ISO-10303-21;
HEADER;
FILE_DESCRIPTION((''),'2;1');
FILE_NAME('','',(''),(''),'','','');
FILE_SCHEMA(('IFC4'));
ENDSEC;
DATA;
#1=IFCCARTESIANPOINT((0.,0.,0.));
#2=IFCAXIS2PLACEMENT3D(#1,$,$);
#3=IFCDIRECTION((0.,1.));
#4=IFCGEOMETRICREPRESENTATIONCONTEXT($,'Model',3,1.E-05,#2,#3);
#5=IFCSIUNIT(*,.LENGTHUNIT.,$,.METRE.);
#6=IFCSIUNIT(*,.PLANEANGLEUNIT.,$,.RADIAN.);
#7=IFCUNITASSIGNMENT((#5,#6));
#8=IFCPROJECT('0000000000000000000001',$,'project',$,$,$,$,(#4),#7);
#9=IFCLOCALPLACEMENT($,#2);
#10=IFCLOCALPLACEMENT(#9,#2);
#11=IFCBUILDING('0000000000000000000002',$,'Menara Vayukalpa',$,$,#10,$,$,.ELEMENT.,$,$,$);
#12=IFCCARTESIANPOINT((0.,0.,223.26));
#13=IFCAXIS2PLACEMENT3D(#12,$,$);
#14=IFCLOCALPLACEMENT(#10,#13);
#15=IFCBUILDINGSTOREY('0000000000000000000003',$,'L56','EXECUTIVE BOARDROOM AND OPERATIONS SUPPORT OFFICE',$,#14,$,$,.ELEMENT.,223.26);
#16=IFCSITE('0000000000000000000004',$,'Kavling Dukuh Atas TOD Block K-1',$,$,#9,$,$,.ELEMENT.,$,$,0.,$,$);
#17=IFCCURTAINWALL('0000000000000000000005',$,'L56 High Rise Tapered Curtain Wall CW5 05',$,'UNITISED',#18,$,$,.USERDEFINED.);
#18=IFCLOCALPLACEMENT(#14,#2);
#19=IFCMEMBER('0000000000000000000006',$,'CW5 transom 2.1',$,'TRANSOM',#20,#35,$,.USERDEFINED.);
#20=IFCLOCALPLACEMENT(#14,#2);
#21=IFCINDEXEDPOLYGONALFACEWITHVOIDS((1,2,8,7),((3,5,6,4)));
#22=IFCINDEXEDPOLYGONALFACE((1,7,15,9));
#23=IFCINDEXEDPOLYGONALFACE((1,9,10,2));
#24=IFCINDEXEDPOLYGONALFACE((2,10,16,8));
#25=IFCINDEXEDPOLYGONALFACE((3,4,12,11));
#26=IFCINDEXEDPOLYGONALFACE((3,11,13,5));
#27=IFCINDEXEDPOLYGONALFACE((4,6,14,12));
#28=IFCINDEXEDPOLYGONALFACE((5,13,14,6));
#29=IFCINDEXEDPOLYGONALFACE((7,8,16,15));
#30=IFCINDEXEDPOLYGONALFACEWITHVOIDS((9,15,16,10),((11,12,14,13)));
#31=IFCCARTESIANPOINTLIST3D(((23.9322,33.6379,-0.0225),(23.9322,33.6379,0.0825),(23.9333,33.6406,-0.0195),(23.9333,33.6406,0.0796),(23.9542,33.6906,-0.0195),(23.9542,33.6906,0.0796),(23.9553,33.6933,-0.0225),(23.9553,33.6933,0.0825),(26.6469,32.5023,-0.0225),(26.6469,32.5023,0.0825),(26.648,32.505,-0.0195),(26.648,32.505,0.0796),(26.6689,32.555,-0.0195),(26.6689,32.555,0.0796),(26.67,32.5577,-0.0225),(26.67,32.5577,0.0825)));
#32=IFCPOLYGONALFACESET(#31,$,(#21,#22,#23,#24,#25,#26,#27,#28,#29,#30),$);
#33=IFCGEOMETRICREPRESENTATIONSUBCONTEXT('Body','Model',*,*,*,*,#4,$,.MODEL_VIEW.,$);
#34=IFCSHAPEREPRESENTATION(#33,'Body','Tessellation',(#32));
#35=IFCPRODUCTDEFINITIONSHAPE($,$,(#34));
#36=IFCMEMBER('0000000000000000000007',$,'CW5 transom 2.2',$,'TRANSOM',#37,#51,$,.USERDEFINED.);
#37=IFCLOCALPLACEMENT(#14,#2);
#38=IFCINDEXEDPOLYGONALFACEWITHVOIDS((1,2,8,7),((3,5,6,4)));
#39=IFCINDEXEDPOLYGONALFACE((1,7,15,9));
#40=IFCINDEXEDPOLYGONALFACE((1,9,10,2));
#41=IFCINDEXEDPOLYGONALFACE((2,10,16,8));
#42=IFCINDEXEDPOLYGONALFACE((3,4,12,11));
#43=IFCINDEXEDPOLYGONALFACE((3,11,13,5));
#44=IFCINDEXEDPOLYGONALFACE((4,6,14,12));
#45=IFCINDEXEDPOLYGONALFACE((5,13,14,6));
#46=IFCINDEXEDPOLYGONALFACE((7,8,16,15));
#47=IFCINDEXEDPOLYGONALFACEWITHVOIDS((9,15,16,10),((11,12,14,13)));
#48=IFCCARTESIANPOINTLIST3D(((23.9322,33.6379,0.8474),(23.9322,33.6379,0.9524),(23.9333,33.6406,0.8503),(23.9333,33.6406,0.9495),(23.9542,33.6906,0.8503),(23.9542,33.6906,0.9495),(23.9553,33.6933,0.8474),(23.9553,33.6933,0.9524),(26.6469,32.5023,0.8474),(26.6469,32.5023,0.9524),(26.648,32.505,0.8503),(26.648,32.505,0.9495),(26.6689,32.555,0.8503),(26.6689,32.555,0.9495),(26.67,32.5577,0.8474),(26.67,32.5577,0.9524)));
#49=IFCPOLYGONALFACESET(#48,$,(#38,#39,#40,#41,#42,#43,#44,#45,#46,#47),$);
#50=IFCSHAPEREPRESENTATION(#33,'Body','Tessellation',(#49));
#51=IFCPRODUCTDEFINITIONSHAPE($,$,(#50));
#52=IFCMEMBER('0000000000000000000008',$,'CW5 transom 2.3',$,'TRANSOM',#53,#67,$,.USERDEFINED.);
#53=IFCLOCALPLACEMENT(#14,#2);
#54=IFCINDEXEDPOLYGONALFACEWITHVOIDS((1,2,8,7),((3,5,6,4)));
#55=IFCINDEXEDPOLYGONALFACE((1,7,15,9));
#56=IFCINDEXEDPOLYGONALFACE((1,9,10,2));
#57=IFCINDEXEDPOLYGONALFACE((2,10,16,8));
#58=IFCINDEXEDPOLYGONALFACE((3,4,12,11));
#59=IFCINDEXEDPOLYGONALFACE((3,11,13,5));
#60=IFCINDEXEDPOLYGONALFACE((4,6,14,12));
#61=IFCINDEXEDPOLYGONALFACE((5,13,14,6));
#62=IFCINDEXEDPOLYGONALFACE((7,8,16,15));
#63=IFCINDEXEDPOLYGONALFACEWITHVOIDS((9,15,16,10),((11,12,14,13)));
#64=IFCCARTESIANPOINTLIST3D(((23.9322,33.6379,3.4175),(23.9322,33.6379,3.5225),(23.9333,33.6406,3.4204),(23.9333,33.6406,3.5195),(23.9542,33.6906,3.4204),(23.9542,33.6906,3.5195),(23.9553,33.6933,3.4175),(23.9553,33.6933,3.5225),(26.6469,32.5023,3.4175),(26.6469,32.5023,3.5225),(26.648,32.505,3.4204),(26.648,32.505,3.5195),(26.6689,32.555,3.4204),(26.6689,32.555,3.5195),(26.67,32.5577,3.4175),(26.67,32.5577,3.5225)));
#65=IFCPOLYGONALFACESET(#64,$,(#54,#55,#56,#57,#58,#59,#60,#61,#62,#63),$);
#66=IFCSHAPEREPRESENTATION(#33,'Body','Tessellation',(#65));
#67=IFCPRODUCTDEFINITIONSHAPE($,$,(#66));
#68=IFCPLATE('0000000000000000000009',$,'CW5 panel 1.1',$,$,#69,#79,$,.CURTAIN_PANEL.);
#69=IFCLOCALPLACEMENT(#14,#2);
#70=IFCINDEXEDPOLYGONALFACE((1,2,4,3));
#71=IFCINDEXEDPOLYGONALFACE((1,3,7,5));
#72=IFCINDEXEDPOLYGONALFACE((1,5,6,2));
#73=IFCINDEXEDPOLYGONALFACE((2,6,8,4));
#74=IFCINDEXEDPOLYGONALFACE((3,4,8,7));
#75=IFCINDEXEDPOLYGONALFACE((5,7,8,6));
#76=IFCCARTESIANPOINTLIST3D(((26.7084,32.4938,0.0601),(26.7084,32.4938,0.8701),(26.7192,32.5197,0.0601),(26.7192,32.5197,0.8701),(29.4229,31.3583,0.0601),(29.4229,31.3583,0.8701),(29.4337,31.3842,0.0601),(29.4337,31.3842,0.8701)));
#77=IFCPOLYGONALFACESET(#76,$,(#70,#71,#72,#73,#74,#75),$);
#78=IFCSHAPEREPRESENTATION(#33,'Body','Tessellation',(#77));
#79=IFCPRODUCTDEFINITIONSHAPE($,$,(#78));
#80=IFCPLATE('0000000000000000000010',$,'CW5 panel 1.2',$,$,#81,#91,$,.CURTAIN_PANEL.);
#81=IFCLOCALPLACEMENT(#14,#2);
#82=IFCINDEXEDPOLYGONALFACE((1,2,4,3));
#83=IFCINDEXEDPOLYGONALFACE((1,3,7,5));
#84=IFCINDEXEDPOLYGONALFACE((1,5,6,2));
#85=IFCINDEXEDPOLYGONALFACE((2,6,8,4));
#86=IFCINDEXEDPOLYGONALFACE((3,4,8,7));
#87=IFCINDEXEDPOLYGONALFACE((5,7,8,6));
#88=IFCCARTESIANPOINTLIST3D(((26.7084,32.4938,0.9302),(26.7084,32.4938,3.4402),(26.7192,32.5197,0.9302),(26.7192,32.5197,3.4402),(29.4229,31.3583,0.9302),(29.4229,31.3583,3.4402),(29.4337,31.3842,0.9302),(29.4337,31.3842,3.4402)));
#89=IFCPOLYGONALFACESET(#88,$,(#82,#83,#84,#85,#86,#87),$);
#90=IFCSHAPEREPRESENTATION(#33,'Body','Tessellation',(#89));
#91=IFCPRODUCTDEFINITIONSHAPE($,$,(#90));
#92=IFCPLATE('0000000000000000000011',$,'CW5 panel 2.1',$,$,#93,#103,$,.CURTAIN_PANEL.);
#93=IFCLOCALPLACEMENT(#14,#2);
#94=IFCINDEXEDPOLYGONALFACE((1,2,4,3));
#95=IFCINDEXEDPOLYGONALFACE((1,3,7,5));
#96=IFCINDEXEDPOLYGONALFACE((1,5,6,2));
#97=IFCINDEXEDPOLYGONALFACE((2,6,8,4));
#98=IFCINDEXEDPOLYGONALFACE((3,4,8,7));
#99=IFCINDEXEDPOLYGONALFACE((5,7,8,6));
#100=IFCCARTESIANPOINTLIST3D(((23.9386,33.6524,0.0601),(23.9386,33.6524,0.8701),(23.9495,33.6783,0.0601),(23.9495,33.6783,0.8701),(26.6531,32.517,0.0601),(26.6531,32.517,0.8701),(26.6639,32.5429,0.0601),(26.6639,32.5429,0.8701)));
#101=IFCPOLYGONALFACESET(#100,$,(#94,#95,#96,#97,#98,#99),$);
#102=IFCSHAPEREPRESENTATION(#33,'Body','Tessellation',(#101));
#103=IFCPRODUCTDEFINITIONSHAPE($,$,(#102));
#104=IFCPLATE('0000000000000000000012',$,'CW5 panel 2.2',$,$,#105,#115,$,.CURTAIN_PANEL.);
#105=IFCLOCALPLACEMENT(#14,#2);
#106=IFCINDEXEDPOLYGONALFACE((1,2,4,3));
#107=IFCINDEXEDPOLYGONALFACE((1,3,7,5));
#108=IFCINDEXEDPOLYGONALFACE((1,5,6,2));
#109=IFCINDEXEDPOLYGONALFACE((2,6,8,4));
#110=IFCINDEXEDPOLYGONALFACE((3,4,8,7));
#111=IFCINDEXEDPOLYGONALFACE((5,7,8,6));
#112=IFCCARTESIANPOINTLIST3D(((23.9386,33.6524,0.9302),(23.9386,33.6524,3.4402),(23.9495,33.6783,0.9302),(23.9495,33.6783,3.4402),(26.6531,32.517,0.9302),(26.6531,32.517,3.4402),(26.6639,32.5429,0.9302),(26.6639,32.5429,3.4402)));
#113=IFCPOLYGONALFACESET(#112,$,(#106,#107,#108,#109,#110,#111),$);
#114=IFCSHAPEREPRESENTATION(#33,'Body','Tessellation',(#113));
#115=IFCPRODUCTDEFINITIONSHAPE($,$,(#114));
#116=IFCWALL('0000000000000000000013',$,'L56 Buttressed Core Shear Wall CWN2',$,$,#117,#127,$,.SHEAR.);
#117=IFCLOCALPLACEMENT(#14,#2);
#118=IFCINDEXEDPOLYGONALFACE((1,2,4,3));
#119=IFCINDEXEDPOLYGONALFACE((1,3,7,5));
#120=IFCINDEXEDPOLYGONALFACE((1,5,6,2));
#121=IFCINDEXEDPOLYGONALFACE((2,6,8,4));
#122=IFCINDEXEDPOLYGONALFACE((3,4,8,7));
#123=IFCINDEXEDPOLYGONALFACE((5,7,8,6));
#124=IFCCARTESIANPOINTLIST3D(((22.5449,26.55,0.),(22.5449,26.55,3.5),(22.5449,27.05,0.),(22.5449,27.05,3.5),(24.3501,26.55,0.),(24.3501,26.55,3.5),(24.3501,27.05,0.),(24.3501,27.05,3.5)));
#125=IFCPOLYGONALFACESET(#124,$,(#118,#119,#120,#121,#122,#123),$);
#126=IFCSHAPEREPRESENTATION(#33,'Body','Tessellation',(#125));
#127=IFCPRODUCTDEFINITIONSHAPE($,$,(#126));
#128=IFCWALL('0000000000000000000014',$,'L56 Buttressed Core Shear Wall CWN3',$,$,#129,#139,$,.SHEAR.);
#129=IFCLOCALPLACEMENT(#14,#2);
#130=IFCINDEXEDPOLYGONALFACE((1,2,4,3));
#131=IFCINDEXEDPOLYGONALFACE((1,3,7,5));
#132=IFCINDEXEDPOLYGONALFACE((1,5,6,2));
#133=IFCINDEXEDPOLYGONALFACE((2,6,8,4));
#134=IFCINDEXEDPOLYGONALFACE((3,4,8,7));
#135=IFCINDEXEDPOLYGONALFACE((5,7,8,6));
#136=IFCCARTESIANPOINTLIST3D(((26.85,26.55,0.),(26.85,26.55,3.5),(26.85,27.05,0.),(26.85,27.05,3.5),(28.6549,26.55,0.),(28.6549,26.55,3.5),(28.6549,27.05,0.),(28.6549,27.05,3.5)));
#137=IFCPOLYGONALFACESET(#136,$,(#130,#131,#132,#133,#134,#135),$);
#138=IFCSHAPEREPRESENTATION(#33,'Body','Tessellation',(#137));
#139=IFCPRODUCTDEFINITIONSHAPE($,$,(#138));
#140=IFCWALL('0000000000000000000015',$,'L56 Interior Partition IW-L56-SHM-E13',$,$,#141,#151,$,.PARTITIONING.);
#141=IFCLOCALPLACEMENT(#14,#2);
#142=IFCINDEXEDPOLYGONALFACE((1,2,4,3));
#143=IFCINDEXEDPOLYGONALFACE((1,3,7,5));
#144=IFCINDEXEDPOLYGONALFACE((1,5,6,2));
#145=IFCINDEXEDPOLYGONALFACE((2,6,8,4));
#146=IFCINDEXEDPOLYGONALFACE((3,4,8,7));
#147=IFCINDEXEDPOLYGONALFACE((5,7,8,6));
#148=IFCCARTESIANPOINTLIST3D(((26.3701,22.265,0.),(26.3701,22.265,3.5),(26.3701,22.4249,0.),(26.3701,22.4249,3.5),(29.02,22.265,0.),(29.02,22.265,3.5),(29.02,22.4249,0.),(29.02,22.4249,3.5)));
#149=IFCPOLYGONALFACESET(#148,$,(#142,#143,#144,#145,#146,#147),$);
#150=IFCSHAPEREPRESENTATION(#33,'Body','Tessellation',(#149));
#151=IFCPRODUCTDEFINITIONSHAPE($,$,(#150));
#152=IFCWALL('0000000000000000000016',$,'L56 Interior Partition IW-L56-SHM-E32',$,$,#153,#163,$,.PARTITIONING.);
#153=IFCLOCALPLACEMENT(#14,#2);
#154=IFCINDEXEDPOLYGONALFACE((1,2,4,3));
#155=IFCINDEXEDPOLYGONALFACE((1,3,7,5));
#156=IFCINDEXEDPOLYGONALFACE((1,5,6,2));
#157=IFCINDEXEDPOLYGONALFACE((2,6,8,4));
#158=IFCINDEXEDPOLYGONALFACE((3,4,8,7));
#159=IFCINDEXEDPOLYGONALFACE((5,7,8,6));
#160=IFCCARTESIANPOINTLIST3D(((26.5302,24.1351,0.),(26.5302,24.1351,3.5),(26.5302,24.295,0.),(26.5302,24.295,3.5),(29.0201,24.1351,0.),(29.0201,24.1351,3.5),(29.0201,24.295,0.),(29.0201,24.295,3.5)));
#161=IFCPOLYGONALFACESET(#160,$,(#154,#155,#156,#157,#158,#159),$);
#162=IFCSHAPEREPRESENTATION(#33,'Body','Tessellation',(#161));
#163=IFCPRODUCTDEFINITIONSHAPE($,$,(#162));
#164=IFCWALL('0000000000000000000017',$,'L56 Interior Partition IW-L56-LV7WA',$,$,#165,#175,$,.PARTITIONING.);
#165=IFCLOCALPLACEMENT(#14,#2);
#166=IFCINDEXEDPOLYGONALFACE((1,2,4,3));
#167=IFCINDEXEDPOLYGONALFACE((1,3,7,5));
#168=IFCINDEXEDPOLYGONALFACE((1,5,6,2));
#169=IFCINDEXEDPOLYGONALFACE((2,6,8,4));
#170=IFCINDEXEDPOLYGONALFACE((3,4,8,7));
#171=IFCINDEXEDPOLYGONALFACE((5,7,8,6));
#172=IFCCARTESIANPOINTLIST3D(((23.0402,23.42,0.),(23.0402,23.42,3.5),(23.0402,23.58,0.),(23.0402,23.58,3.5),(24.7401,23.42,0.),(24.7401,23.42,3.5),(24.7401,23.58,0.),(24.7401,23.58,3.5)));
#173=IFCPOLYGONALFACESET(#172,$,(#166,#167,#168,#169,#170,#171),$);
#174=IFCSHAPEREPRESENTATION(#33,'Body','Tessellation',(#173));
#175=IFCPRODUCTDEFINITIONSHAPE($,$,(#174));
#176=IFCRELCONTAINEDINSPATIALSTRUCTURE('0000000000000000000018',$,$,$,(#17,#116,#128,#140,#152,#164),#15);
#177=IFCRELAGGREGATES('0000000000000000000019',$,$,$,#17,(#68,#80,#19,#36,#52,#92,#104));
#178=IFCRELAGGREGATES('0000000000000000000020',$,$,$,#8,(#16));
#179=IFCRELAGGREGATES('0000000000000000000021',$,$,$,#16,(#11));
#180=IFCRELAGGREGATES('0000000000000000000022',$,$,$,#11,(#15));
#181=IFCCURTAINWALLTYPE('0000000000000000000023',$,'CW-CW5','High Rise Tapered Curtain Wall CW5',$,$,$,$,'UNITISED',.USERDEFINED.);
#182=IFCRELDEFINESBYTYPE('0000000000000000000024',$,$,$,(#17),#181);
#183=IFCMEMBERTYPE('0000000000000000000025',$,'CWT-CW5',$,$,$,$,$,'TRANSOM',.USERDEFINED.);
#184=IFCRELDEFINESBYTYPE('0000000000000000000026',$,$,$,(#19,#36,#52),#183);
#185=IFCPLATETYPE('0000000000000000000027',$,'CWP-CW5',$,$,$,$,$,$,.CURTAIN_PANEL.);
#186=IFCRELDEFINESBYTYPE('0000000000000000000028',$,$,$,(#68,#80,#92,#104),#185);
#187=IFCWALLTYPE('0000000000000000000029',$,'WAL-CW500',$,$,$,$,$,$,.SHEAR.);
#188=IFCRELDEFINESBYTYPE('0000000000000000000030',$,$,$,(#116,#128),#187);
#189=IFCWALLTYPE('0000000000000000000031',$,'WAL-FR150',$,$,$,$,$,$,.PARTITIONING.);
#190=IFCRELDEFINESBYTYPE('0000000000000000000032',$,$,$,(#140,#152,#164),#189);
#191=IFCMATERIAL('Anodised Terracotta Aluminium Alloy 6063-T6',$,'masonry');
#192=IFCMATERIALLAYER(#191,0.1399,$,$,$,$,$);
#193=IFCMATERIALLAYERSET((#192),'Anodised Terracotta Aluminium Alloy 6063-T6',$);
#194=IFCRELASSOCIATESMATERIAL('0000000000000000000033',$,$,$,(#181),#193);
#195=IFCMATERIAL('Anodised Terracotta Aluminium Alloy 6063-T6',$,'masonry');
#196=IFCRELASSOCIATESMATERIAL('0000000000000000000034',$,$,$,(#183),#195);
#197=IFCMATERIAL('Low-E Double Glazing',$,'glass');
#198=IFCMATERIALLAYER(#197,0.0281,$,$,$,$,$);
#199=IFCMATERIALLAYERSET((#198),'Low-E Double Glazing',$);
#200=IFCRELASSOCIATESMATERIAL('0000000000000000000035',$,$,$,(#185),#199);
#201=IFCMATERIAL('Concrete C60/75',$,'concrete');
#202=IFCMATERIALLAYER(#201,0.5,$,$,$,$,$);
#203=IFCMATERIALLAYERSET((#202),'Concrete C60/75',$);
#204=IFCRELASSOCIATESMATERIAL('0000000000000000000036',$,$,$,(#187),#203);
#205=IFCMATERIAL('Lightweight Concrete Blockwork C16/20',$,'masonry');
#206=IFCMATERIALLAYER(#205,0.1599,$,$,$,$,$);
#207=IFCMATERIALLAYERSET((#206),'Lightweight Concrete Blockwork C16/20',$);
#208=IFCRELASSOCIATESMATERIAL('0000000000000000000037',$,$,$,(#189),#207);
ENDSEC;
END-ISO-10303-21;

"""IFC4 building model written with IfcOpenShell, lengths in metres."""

from ifc_helpers import new_model, si_unit, direction, frame, frame_2d, origin, origin_2d, place, context, subcontext, project, spatial, rectangle, hollow_rectangle, extrude, material, layer, layer_set, material_profile, profile_set, type_object, element, aggregate, save


model = new_model("IFC4")

# Units and contexts
model_context = context("Model", 3, precision=1e-05, world=origin(), true_north=direction((0.0, 1.0)))
body_context = subcontext(model_context, "Body", "Model", "MODEL_VIEW")
ifc_project = project(units=[si_unit("LENGTHUNIT", "METRE"), si_unit("PLANEANGLEUNIT", "RADIAN")], contexts=[model_context])

# Site, building, storey
site_placement = place(None, origin())
site = spatial("IfcSite", under=ifc_project, at=site_placement, Name="Kavling Dukuh Atas TOD Block K-1", CompositionType="ELEMENT", RefElevation=0.0)
building_placement = place(site_placement, origin())
building = spatial("IfcBuilding", under=site, at=building_placement, Name="Menara Vayukalpa", CompositionType="ELEMENT")
storey_placement = place(building_placement, frame((0.0, 0.0, 223.26)))
storey = spatial("IfcBuildingStorey", under=building, at=storey_placement, Name="L56", Description="EXECUTIVE BOARDROOM AND OPERATIONS SUPPORT OFFICE", CompositionType="ELEMENT", Elevation=223.26)

# Curtain wall, members, plates
ifc_material_1 = material(Name="Anodised Terracotta Aluminium Alloy 6063-T6", Category="masonry")
ifc_layer_1 = layer(ifc_material_1, 0.1399)
ifc_layer_set_1 = layer_set([ifc_layer_1], Name="Anodised Terracotta Aluminium Alloy 6063-T6")
curtain_wall_type = type_object("IfcCurtainWallType", Name="CW-CW5", Description="High Rise Tapered Curtain Wall CW5", ElementType="UNITISED", PredefinedType="USERDEFINED", material=ifc_layer_set_1)
curtain_wall_placement = place(storey_placement, origin())
curtain_wall = element("IfcCurtainWall", 1, at=curtain_wall_placement, inside=storey, type_object=curtain_wall_type, Name="L56 High Rise Tapered Curtain Wall CW5 05", ObjectType="UNITISED", PredefinedType="USERDEFINED")
ifc_material_2 = material(Name="Anodised Terracotta Aluminium Alloy 6063-T6", Category="masonry")
ifc_material_profile_1 = material_profile(ifc_material_2, hollow_rectangle(XDim=0.0601, YDim=0.105, WallThickness=0.0029, at=origin_2d()), Name="ALU 60x105x3")
ifc_profile_set_1 = profile_set([ifc_material_profile_1], Name="Anodised Terracotta Aluminium Alloy 6063-T6")
member_type_1 = type_object("IfcMemberType", Name="CWT-CW5", ElementType="TRANSOM", PredefinedType="USERDEFINED", material=ifc_profile_set_1)
member_1_placement = place(storey_placement, frame((26.6584, 32.53, 0.03), z_axis=(-0.922543, 0.385893, 0.0), x_axis=(-0.385893, -0.922543, 0.0)))
member_1 = element("IfcMember", 2, at=member_1_placement, type_object=member_type_1, Name="CW5 transom 2.1", ObjectType="TRANSOM", PredefinedType="USERDEFINED", context=body_context, shape_type="SweptSolid", body=[
    extrude(hollow_rectangle(XDim=0.0601, YDim=0.105, WallThickness=0.0029, at=origin_2d()), origin(), (0.0, 0.0, 1.0), 2.9426),
])
member_2_placement = place(storey_placement, frame((26.6584, 32.53, 0.8999), z_axis=(-0.922543, 0.385893, 0.0), x_axis=(-0.385893, -0.922543, 0.0)))
member_2 = element("IfcMember", 3, at=member_2_placement, type_object=member_type_1, Name="CW5 transom 2.2", ObjectType="TRANSOM", PredefinedType="USERDEFINED", context=body_context, shape_type="SweptSolid", body=[
    extrude(hollow_rectangle(XDim=0.0601, YDim=0.105, WallThickness=0.0029, at=origin_2d()), origin(), (0.0, 0.0, 1.0), 2.9426),
])
member_3_placement = place(storey_placement, frame((26.6584, 32.53, 3.47), z_axis=(-0.922543, 0.385893, 0.0), x_axis=(-0.385893, -0.922543, 0.0)))
member_3 = element("IfcMember", 4, at=member_3_placement, type_object=member_type_1, Name="CW5 transom 2.3", ObjectType="TRANSOM", PredefinedType="USERDEFINED", context=body_context, shape_type="SweptSolid", body=[
    extrude(hollow_rectangle(XDim=0.0601, YDim=0.105, WallThickness=0.0029, at=origin_2d()), origin(), (0.0, 0.0, 1.0), 2.9426),
])
ifc_material_3 = material(Name="Low-E Double Glazing", Category="glass")
ifc_layer_2 = layer(ifc_material_3, 0.0281)
ifc_layer_set_2 = layer_set([ifc_layer_2], Name="Low-E Double Glazing")
plate_type = type_object("IfcPlateType", Name="CWP-CW5", PredefinedType="CURTAIN_PANEL", material=ifc_layer_set_2)
plate_1_placement = place(storey_placement, frame((28.071, 31.939, 0.0601), z_axis=(0.0, 0.0, 1.0), x_axis=(-0.922539, 0.385903, 0.0)))
plate_1 = element("IfcPlate", 5, at=plate_1_placement, type_object=plate_type, Name="CW5 panel 1.1", PredefinedType="CURTAIN_PANEL", context=body_context, shape_type="SweptSolid", body=[
    extrude(rectangle(XDim=2.9424, YDim=0.0281, at=origin_2d()), origin(), (0.0, 0.0, 1.0), 0.8101),
])
plate_2_placement = place(storey_placement, frame((28.071, 31.939, 0.9302), z_axis=(0.0, 0.0, 1.0), x_axis=(-0.922539, 0.385903, 0.0)))
plate_2 = element("IfcPlate", 6, at=plate_2_placement, type_object=plate_type, Name="CW5 panel 1.2", PredefinedType="CURTAIN_PANEL", context=body_context, shape_type="SweptSolid", body=[
    extrude(rectangle(XDim=2.9424, YDim=0.0281, at=origin_2d()), origin(), (0.0, 0.0, 1.0), 2.51),
])
plate_3_placement = place(storey_placement, frame((25.3013, 33.0977, 0.0601), z_axis=(0.0, 0.0, 1.0), x_axis=(-0.922539, 0.385903, 0.0)))
plate_3 = element("IfcPlate", 7, at=plate_3_placement, type_object=plate_type, Name="CW5 panel 2.1", PredefinedType="CURTAIN_PANEL", context=body_context, shape_type="SweptSolid", body=[
    extrude(rectangle(XDim=2.9424, YDim=0.0281, at=origin_2d()), origin(), (0.0, 0.0, 1.0), 0.8101),
])
plate_4_placement = place(storey_placement, frame((25.3013, 33.0977, 0.9302), z_axis=(0.0, 0.0, 1.0), x_axis=(-0.922539, 0.385903, 0.0)))
plate_4 = element("IfcPlate", 8, at=plate_4_placement, type_object=plate_type, Name="CW5 panel 2.2", PredefinedType="CURTAIN_PANEL", context=body_context, shape_type="SweptSolid", body=[
    extrude(rectangle(XDim=2.9424, YDim=0.0281, at=origin_2d()), origin(), (0.0, 0.0, 1.0), 2.51),
])
aggregate(curtain_wall, [plate_1, plate_2, member_1, member_2, member_3, plate_3, plate_4])

# Walls
ifc_material_4 = material(Name="Concrete C60/75", Category="concrete")
ifc_layer_3 = layer(ifc_material_4, 0.5)
ifc_layer_set_3 = layer_set([ifc_layer_3], Name="Concrete C60/75")
wall_type_1 = type_object("IfcWallType", Name="WAL-CW500", PredefinedType="SHEAR", material=ifc_layer_set_3)
wall_1_placement = place(storey_placement, frame((22.5449, 26.8, 0.0), z_axis=(0.0, 0.0, 1.0), x_axis=(1.0, 0.0, 0.0)))
element("IfcWall", 9, at=wall_1_placement, inside=storey, type_object=wall_type_1, Name="L56 Buttressed Core Shear Wall CWN2", PredefinedType="SHEAR", context=body_context, shape_type="SweptSolid", body=[
    extrude(rectangle(XDim=1.8052, YDim=0.5, at=frame_2d((0.9026, 0.0))), origin(), (0.0, 0.0, 1.0), 3.5),
])
wall_2_placement = place(storey_placement, frame((26.8501, 26.8, 0.0), z_axis=(0.0, 0.0, 1.0), x_axis=(1.0, 0.0, 0.0)))
element("IfcWall", 10, at=wall_2_placement, inside=storey, type_object=wall_type_1, Name="L56 Buttressed Core Shear Wall CWN3", PredefinedType="SHEAR", context=body_context, shape_type="SweptSolid", body=[
    extrude(rectangle(XDim=1.8049, YDim=0.5, at=frame_2d((0.9023, 0.0))), origin(), (0.0, 0.0, 1.0), 3.5),
])
ifc_material_5 = material(Name="Lightweight Concrete Blockwork C16/20", Category="masonry")
ifc_layer_4 = layer(ifc_material_5, 0.1599)
ifc_layer_set_4 = layer_set([ifc_layer_4], Name="Lightweight Concrete Blockwork C16/20")
wall_type_2 = type_object("IfcWallType", Name="WAL-FR150", PredefinedType="PARTITIONING", material=ifc_layer_set_4)
wall_3_placement = place(storey_placement, frame((26.3701, 22.345, 0.0), z_axis=(0.0, 0.0, 1.0), x_axis=(1.0, 0.0, 0.0)))
element("IfcWall", 11, at=wall_3_placement, inside=storey, type_object=wall_type_2, Name="L56 Interior Partition IW-L56-SHM-E13", PredefinedType="PARTITIONING", context=body_context, shape_type="SweptSolid", body=[
    extrude(rectangle(XDim=2.6499, YDim=0.1599, at=frame_2d((1.325, 0.0))), origin(), (0.0, 0.0, 1.0), 3.5),
])
wall_4_placement = place(storey_placement, frame((26.53, 24.2151, 0.0), z_axis=(0.0, 0.0, 1.0), x_axis=(1.0, 0.0, 0.0)))
element("IfcWall", 12, at=wall_4_placement, inside=storey, type_object=wall_type_2, Name="L56 Interior Partition IW-L56-SHM-E32", PredefinedType="PARTITIONING", context=body_context, shape_type="SweptSolid", body=[
    extrude(rectangle(XDim=2.49, YDim=0.1599, at=frame_2d((1.2451, 0.0))), origin(), (0.0, 0.0, 1.0), 3.5),
])
wall_5_placement = place(storey_placement, frame((23.04, 23.5, 0.0), z_axis=(0.0, 0.0, 1.0), x_axis=(1.0, 0.0, 0.0)))
element("IfcWall", 13, at=wall_5_placement, inside=storey, type_object=wall_type_2, Name="L56 Interior Partition IW-L56-LV7WA", PredefinedType="PARTITIONING", context=body_context, shape_type="SweptSolid", body=[
    extrude(rectangle(XDim=1.7, YDim=0.1599, at=frame_2d((0.8501, 0.0))), origin(), (0.0, 0.0, 1.0), 3.5),
])

save(model, "model.ifc")
